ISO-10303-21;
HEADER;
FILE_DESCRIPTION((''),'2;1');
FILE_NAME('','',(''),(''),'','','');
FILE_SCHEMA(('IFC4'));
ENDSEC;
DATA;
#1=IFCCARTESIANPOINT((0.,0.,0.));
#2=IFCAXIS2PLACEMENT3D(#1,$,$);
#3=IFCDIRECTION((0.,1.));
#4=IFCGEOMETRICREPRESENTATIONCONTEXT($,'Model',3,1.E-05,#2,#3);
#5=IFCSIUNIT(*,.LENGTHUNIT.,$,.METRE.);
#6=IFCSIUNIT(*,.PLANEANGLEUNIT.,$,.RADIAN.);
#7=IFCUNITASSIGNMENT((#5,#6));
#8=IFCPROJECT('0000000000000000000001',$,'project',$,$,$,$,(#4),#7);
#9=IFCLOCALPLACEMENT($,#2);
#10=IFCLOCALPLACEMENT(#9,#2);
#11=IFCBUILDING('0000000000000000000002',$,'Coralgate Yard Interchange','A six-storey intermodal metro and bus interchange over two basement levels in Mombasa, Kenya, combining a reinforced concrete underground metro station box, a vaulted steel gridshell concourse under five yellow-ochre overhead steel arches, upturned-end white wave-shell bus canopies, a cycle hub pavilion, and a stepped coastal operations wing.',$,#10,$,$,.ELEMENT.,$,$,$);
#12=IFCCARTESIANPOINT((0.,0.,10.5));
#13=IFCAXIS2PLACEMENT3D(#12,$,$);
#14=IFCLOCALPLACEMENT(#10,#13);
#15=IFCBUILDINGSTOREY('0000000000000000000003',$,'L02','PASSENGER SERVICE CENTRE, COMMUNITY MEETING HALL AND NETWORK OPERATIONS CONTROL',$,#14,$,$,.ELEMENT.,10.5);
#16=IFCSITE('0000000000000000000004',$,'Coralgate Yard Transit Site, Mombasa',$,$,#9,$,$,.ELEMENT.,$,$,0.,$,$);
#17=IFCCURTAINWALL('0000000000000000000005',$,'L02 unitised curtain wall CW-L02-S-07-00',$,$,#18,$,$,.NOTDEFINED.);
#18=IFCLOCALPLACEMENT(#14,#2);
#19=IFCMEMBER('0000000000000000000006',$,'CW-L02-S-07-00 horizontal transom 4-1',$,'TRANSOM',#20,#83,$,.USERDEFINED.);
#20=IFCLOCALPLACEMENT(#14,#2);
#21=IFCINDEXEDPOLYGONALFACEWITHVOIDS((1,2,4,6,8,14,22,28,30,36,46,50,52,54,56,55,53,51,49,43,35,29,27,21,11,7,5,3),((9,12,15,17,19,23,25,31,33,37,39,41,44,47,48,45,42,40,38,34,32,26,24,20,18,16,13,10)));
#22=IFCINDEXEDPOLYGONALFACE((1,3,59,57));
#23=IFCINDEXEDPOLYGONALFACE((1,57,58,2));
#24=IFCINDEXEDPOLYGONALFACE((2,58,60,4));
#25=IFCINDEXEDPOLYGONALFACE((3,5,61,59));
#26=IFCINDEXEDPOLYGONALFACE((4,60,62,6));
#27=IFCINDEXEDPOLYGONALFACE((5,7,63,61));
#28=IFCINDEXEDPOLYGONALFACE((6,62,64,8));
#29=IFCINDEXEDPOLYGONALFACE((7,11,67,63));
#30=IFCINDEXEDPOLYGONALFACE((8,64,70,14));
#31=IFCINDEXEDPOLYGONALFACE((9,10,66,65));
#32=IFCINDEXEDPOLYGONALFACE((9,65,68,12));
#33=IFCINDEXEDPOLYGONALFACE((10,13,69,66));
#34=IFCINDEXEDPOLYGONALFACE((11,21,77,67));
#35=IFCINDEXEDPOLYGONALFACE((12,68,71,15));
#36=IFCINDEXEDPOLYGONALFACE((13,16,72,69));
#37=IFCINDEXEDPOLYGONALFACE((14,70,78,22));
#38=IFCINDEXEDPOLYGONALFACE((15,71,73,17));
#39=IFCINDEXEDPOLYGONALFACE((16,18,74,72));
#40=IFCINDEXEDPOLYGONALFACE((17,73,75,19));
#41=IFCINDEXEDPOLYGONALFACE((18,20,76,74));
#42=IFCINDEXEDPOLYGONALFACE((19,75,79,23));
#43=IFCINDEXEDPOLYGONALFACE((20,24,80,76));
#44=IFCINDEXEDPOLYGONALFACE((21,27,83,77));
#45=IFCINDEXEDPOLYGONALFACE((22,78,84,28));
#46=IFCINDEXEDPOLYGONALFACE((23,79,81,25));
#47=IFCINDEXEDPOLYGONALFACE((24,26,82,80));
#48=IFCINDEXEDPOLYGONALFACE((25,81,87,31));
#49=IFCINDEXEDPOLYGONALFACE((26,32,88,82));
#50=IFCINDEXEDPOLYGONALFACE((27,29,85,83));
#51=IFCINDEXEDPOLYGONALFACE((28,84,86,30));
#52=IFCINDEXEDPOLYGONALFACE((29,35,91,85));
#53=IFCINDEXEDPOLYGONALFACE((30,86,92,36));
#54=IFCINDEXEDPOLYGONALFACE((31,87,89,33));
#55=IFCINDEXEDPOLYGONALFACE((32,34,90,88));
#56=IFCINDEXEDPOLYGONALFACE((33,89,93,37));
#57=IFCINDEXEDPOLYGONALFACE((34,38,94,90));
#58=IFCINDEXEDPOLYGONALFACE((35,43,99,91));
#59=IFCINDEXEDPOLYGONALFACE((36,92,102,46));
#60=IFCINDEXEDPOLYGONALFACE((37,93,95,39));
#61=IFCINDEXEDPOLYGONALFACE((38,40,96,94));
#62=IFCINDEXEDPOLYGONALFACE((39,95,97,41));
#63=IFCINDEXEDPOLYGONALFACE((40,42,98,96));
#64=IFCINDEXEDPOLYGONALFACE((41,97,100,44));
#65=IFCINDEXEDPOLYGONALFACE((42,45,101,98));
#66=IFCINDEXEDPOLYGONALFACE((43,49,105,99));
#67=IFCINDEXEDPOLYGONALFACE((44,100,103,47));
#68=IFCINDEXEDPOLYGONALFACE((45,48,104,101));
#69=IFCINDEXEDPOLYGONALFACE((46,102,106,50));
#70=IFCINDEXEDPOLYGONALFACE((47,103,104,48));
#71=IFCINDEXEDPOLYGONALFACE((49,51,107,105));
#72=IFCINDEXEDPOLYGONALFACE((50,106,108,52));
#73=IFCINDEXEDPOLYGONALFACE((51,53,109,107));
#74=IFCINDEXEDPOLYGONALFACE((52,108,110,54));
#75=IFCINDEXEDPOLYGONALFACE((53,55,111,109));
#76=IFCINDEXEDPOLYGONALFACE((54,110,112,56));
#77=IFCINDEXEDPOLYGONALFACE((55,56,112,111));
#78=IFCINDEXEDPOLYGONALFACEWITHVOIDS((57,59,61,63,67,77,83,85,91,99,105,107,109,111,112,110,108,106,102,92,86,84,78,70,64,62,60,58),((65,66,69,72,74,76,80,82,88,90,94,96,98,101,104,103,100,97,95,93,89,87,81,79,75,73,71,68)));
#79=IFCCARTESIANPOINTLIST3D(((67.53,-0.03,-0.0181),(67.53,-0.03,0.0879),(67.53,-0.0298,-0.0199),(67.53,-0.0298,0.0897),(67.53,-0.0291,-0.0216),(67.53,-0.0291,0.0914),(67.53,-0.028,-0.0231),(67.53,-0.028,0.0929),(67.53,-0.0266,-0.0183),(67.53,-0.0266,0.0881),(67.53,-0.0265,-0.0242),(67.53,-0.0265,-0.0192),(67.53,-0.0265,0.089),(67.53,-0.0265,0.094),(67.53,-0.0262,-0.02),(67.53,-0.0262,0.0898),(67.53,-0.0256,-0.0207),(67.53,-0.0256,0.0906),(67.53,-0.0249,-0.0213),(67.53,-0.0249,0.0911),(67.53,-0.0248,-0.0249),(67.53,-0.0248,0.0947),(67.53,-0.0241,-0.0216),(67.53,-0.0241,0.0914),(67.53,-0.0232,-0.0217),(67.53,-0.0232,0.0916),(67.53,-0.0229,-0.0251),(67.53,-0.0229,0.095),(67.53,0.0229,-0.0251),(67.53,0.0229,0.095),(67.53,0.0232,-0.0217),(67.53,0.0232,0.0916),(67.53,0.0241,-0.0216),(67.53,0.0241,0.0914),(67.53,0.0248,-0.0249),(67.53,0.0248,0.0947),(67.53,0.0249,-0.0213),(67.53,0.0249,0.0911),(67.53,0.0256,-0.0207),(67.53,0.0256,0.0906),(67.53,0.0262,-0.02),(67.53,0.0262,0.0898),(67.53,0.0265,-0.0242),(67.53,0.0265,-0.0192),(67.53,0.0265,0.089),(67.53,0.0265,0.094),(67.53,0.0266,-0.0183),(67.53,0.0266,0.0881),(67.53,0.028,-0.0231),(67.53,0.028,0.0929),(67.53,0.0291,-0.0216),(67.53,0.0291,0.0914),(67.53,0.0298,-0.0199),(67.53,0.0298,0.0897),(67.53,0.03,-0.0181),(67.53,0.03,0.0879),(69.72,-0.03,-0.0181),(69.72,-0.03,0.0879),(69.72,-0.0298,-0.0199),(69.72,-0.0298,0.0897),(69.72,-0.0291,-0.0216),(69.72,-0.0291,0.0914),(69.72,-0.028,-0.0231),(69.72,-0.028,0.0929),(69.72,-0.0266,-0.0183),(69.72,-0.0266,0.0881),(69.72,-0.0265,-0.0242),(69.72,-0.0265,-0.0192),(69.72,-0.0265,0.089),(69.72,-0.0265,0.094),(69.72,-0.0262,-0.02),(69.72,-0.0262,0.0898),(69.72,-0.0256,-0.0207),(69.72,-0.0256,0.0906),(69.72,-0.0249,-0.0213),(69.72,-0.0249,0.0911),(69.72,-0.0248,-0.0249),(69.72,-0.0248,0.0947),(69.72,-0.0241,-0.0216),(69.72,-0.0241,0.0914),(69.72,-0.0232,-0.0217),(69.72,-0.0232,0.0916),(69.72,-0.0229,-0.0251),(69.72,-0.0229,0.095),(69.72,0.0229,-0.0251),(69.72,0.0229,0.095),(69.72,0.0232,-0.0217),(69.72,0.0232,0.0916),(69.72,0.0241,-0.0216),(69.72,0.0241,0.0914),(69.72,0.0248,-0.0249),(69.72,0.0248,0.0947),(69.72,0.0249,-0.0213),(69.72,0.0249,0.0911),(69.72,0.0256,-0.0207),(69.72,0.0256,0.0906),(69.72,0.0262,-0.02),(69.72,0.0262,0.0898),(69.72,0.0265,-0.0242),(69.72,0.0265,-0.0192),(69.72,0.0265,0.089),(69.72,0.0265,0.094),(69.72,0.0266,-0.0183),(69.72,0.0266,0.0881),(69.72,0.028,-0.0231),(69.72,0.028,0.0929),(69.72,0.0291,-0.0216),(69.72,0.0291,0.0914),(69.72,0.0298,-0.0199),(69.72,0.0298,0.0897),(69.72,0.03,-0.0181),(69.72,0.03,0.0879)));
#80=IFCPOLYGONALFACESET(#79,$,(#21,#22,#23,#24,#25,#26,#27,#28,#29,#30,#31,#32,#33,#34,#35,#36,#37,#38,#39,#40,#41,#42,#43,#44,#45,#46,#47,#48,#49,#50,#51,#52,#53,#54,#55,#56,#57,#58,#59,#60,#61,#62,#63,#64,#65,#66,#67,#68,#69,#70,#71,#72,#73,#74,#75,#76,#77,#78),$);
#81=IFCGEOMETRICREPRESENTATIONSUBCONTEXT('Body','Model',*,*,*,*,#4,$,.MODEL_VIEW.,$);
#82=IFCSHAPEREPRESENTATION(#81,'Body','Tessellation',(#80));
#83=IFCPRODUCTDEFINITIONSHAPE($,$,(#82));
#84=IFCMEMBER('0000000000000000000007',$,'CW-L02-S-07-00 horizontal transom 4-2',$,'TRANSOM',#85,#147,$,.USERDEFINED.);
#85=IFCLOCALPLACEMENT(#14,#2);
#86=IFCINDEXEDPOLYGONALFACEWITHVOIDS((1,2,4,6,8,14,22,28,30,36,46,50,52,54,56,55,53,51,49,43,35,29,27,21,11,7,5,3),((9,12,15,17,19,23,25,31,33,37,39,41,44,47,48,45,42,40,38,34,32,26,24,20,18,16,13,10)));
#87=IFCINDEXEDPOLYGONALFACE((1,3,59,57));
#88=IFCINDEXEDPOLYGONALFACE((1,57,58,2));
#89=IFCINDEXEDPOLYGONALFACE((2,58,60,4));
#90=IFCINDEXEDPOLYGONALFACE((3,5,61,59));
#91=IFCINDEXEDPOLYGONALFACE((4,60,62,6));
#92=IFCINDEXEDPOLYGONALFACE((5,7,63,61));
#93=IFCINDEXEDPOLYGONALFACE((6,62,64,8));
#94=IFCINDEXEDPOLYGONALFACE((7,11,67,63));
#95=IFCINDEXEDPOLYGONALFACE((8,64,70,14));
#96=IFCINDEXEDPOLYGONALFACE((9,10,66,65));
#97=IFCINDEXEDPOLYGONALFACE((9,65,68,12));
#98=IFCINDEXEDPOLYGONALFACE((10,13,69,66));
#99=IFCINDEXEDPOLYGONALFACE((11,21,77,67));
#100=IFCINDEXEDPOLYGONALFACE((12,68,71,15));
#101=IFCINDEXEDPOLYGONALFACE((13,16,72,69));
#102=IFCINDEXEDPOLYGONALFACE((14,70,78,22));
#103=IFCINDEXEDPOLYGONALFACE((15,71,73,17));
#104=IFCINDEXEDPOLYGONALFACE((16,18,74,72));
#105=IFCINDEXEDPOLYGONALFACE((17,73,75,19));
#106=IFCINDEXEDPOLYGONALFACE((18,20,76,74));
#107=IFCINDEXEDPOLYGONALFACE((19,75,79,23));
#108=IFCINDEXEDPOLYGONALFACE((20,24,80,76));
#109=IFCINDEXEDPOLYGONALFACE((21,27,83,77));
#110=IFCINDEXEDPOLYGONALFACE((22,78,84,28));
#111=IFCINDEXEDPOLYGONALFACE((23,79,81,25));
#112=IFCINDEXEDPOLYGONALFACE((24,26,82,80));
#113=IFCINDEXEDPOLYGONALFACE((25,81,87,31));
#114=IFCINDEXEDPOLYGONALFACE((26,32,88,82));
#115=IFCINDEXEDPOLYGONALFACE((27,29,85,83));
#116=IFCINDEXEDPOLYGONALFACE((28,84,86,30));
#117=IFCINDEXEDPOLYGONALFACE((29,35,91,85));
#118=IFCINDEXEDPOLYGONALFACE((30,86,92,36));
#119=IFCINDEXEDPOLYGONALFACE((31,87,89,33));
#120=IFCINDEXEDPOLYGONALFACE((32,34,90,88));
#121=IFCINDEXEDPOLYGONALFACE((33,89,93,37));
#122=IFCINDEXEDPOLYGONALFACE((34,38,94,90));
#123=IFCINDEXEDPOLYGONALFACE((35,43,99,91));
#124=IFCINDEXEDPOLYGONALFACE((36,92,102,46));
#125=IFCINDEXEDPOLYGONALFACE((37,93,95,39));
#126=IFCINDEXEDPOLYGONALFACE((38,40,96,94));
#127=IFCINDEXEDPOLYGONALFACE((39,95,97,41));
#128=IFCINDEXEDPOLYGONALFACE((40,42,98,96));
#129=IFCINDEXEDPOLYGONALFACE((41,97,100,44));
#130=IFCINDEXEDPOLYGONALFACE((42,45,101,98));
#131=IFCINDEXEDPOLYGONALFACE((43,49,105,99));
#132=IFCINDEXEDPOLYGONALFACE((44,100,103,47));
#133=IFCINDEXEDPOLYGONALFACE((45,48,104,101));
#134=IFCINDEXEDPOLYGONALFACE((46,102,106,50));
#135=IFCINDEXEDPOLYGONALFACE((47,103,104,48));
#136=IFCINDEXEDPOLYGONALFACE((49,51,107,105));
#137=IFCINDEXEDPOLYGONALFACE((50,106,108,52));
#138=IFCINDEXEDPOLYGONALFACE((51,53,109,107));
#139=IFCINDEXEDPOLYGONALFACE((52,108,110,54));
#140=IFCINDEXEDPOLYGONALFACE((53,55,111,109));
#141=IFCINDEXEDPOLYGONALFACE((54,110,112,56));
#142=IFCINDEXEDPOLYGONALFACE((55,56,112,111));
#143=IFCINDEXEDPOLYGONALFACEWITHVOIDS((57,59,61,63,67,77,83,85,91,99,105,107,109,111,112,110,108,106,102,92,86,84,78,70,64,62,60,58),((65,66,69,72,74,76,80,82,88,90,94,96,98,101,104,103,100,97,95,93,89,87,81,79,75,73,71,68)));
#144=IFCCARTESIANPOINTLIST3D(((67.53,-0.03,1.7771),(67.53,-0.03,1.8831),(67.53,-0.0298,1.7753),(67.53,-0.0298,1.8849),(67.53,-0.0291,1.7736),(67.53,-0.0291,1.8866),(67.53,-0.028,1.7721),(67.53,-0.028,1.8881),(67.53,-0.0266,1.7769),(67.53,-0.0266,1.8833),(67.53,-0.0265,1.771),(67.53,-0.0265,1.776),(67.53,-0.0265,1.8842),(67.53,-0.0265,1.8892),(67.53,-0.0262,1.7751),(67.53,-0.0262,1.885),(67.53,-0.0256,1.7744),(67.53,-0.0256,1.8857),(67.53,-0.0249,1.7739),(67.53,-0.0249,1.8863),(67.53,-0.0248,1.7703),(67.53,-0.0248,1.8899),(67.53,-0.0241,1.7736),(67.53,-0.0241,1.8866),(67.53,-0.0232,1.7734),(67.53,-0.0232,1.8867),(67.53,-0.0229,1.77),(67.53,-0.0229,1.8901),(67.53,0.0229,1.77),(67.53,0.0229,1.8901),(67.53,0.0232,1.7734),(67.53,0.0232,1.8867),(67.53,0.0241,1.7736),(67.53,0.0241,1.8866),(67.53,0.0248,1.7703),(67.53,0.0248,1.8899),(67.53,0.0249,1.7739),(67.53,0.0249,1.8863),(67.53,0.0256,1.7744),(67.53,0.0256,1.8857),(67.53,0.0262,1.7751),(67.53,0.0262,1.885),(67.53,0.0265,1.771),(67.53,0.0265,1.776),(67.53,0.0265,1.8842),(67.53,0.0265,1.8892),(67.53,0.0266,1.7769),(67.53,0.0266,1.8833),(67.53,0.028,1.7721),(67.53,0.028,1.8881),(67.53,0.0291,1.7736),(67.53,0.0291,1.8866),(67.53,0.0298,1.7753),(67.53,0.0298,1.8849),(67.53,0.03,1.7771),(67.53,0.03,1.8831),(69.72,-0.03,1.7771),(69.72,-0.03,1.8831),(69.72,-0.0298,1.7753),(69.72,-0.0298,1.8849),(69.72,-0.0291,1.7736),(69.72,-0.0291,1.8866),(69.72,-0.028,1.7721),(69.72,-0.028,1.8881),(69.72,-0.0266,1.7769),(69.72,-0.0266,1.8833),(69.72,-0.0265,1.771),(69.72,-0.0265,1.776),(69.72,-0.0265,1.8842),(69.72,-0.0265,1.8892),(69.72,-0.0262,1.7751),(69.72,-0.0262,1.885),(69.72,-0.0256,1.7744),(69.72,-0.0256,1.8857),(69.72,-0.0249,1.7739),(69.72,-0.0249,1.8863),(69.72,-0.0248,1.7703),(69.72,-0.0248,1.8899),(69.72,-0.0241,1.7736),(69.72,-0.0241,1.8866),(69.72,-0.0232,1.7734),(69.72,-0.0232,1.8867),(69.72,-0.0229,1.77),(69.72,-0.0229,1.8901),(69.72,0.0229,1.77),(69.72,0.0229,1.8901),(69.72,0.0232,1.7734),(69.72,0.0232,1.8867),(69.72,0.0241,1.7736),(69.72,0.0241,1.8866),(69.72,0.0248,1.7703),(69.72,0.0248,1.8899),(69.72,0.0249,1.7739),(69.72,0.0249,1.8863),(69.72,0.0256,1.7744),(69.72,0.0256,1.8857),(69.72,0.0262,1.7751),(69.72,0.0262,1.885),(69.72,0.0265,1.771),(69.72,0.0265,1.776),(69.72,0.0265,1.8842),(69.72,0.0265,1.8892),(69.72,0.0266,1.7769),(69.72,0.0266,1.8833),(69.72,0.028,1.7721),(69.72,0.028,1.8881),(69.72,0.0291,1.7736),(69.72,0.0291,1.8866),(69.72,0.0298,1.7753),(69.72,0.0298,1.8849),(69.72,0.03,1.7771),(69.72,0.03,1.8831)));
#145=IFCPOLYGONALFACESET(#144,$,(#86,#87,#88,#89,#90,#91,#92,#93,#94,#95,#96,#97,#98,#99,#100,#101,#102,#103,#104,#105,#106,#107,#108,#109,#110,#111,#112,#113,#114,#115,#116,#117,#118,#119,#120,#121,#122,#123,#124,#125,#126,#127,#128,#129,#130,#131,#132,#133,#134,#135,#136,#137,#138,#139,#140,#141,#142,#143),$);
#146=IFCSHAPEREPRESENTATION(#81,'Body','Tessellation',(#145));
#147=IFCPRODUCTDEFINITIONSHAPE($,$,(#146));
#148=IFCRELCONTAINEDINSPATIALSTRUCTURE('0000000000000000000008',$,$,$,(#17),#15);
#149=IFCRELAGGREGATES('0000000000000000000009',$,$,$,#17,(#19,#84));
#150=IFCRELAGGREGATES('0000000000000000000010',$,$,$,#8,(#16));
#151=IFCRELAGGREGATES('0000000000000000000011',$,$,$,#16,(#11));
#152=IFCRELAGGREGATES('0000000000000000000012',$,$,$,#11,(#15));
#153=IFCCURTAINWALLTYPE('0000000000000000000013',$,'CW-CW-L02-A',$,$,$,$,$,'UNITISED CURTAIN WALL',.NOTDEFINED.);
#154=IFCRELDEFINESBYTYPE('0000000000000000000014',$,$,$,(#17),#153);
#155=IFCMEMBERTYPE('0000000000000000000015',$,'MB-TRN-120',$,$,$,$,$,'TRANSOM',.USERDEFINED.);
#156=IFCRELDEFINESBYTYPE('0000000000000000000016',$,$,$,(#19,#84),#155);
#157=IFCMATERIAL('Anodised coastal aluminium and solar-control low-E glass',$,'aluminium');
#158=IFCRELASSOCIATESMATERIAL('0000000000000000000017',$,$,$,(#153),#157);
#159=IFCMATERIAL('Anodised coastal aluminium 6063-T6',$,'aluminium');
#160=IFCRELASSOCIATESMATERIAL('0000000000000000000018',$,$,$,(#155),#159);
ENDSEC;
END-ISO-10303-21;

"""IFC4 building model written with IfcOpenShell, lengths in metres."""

from ifc_helpers import new_model, si_unit, direction, frame, origin, origin_2d, place, context, subcontext, project, spatial, hollow_rectangle, extrude, material, material_profile, profile_set, type_object, element, aggregate, save


model = new_model("IFC4")

# Units and contexts
model_context = context("Model", 3, precision=1e-05, world=origin(), true_north=direction((0.0, 1.0)))
body_context = subcontext(model_context, "Body", "Model", "MODEL_VIEW")
ifc_project = project(units=[si_unit("LENGTHUNIT", "METRE"), si_unit("PLANEANGLEUNIT", "RADIAN")], contexts=[model_context])

# Site, building, storey
site_placement = place(None, origin())
site = spatial("IfcSite", under=ifc_project, at=site_placement, Name="Coralgate Yard Transit Site, Mombasa", CompositionType="ELEMENT", RefElevation=0.0)
building_placement = place(site_placement, origin())
building = spatial("IfcBuilding", under=site, at=building_placement, Name="Coralgate Yard Interchange", Description="A six-storey intermodal metro and bus interchange over two basement levels in Mombasa, Kenya, combining a reinforced concrete underground metro station box, a vaulted steel gridshell concourse under five yellow-ochre overhead steel arches, upturned-end white wave-shell bus canopies, a cycle hub pavilion, and a stepped coastal operations wing.", CompositionType="ELEMENT")
storey_placement = place(building_placement, frame((0.0, 0.0, 10.5)))
storey = spatial("IfcBuildingStorey", under=building, at=storey_placement, Name="L02", Description="PASSENGER SERVICE CENTRE, COMMUNITY MEETING HALL AND NETWORK OPERATIONS CONTROL", CompositionType="ELEMENT", Elevation=10.5)

# Shared definitions
ifc_material_1 = material(Name="Anodised coastal aluminium and solar-control low-E glass", Category="aluminium")
curtain_wall_type = type_object("IfcCurtainWallType", Name="CW-CW-L02-A", ElementType="UNITISED CURTAIN WALL", PredefinedType="NOTDEFINED", material=ifc_material_1)
ifc_material_2 = material(Name="Anodised coastal aluminium 6063-T6", Category="aluminium")

# Curtain wall
curtain_wall_1_placement = place(storey_placement, origin())
curtain_wall_1 = element("IfcCurtainWall", 1, at=curtain_wall_1_placement, inside=storey, type_object=curtain_wall_type, Name="L02 unitised curtain wall CW-L02-S-07-00", PredefinedType="NOTDEFINED")

# Members
ifc_material_profile_1 = material_profile(ifc_material_2, hollow_rectangle(XDim=0.0601, YDim=0.1201, WallThickness=0.0034, InnerFilletRadius=0.0034, OuterFilletRadius=0.0071, at=origin_2d()), Name="ALU 60x120x3.5")
ifc_profile_set_1 = profile_set([ifc_material_profile_1], Name="Anodised coastal aluminium 6063-T6")
member_type_1 = type_object("IfcMemberType", Name="MB-TRN-120", ElementType="TRANSOM", PredefinedType="USERDEFINED", material=ifc_profile_set_1)
member_1_placement = place(storey_placement, frame((69.72, 0.0, 0.0349), z_axis=(-1.0, 0.0, 0.0), x_axis=(0.0, -1.0, 0.0)))
member_1 = element("IfcMember", 2, at=member_1_placement, type_object=member_type_1, Name="CW-L02-S-07-00 horizontal transom 4-1", ObjectType="TRANSOM", PredefinedType="USERDEFINED", context=body_context, shape_type="SweptSolid", body=[
    extrude(hollow_rectangle(XDim=0.0601, YDim=0.1201, WallThickness=0.0034, InnerFilletRadius=0.0034, OuterFilletRadius=0.0071, at=origin_2d()), origin(), (0.0, 0.0, 1.0), 2.1899),
])
member_2_placement = place(storey_placement, frame((69.72, 0.0, 1.8301), z_axis=(-1.0, 0.0, 0.0), x_axis=(0.0, -1.0, 0.0)))
member_2 = element("IfcMember", 3, at=member_2_placement, type_object=member_type_1, Name="CW-L02-S-07-00 horizontal transom 4-2", ObjectType="TRANSOM", PredefinedType="USERDEFINED", context=body_context, shape_type="SweptSolid", body=[
    extrude(hollow_rectangle(XDim=0.0601, YDim=0.1201, WallThickness=0.0034, InnerFilletRadius=0.0034, OuterFilletRadius=0.0071, at=origin_2d()), origin(), (0.0, 0.0, 1.0), 2.1899),
])

aggregate(curtain_wall_1, [member_1, member_2])

save(model, "model.ifc")
